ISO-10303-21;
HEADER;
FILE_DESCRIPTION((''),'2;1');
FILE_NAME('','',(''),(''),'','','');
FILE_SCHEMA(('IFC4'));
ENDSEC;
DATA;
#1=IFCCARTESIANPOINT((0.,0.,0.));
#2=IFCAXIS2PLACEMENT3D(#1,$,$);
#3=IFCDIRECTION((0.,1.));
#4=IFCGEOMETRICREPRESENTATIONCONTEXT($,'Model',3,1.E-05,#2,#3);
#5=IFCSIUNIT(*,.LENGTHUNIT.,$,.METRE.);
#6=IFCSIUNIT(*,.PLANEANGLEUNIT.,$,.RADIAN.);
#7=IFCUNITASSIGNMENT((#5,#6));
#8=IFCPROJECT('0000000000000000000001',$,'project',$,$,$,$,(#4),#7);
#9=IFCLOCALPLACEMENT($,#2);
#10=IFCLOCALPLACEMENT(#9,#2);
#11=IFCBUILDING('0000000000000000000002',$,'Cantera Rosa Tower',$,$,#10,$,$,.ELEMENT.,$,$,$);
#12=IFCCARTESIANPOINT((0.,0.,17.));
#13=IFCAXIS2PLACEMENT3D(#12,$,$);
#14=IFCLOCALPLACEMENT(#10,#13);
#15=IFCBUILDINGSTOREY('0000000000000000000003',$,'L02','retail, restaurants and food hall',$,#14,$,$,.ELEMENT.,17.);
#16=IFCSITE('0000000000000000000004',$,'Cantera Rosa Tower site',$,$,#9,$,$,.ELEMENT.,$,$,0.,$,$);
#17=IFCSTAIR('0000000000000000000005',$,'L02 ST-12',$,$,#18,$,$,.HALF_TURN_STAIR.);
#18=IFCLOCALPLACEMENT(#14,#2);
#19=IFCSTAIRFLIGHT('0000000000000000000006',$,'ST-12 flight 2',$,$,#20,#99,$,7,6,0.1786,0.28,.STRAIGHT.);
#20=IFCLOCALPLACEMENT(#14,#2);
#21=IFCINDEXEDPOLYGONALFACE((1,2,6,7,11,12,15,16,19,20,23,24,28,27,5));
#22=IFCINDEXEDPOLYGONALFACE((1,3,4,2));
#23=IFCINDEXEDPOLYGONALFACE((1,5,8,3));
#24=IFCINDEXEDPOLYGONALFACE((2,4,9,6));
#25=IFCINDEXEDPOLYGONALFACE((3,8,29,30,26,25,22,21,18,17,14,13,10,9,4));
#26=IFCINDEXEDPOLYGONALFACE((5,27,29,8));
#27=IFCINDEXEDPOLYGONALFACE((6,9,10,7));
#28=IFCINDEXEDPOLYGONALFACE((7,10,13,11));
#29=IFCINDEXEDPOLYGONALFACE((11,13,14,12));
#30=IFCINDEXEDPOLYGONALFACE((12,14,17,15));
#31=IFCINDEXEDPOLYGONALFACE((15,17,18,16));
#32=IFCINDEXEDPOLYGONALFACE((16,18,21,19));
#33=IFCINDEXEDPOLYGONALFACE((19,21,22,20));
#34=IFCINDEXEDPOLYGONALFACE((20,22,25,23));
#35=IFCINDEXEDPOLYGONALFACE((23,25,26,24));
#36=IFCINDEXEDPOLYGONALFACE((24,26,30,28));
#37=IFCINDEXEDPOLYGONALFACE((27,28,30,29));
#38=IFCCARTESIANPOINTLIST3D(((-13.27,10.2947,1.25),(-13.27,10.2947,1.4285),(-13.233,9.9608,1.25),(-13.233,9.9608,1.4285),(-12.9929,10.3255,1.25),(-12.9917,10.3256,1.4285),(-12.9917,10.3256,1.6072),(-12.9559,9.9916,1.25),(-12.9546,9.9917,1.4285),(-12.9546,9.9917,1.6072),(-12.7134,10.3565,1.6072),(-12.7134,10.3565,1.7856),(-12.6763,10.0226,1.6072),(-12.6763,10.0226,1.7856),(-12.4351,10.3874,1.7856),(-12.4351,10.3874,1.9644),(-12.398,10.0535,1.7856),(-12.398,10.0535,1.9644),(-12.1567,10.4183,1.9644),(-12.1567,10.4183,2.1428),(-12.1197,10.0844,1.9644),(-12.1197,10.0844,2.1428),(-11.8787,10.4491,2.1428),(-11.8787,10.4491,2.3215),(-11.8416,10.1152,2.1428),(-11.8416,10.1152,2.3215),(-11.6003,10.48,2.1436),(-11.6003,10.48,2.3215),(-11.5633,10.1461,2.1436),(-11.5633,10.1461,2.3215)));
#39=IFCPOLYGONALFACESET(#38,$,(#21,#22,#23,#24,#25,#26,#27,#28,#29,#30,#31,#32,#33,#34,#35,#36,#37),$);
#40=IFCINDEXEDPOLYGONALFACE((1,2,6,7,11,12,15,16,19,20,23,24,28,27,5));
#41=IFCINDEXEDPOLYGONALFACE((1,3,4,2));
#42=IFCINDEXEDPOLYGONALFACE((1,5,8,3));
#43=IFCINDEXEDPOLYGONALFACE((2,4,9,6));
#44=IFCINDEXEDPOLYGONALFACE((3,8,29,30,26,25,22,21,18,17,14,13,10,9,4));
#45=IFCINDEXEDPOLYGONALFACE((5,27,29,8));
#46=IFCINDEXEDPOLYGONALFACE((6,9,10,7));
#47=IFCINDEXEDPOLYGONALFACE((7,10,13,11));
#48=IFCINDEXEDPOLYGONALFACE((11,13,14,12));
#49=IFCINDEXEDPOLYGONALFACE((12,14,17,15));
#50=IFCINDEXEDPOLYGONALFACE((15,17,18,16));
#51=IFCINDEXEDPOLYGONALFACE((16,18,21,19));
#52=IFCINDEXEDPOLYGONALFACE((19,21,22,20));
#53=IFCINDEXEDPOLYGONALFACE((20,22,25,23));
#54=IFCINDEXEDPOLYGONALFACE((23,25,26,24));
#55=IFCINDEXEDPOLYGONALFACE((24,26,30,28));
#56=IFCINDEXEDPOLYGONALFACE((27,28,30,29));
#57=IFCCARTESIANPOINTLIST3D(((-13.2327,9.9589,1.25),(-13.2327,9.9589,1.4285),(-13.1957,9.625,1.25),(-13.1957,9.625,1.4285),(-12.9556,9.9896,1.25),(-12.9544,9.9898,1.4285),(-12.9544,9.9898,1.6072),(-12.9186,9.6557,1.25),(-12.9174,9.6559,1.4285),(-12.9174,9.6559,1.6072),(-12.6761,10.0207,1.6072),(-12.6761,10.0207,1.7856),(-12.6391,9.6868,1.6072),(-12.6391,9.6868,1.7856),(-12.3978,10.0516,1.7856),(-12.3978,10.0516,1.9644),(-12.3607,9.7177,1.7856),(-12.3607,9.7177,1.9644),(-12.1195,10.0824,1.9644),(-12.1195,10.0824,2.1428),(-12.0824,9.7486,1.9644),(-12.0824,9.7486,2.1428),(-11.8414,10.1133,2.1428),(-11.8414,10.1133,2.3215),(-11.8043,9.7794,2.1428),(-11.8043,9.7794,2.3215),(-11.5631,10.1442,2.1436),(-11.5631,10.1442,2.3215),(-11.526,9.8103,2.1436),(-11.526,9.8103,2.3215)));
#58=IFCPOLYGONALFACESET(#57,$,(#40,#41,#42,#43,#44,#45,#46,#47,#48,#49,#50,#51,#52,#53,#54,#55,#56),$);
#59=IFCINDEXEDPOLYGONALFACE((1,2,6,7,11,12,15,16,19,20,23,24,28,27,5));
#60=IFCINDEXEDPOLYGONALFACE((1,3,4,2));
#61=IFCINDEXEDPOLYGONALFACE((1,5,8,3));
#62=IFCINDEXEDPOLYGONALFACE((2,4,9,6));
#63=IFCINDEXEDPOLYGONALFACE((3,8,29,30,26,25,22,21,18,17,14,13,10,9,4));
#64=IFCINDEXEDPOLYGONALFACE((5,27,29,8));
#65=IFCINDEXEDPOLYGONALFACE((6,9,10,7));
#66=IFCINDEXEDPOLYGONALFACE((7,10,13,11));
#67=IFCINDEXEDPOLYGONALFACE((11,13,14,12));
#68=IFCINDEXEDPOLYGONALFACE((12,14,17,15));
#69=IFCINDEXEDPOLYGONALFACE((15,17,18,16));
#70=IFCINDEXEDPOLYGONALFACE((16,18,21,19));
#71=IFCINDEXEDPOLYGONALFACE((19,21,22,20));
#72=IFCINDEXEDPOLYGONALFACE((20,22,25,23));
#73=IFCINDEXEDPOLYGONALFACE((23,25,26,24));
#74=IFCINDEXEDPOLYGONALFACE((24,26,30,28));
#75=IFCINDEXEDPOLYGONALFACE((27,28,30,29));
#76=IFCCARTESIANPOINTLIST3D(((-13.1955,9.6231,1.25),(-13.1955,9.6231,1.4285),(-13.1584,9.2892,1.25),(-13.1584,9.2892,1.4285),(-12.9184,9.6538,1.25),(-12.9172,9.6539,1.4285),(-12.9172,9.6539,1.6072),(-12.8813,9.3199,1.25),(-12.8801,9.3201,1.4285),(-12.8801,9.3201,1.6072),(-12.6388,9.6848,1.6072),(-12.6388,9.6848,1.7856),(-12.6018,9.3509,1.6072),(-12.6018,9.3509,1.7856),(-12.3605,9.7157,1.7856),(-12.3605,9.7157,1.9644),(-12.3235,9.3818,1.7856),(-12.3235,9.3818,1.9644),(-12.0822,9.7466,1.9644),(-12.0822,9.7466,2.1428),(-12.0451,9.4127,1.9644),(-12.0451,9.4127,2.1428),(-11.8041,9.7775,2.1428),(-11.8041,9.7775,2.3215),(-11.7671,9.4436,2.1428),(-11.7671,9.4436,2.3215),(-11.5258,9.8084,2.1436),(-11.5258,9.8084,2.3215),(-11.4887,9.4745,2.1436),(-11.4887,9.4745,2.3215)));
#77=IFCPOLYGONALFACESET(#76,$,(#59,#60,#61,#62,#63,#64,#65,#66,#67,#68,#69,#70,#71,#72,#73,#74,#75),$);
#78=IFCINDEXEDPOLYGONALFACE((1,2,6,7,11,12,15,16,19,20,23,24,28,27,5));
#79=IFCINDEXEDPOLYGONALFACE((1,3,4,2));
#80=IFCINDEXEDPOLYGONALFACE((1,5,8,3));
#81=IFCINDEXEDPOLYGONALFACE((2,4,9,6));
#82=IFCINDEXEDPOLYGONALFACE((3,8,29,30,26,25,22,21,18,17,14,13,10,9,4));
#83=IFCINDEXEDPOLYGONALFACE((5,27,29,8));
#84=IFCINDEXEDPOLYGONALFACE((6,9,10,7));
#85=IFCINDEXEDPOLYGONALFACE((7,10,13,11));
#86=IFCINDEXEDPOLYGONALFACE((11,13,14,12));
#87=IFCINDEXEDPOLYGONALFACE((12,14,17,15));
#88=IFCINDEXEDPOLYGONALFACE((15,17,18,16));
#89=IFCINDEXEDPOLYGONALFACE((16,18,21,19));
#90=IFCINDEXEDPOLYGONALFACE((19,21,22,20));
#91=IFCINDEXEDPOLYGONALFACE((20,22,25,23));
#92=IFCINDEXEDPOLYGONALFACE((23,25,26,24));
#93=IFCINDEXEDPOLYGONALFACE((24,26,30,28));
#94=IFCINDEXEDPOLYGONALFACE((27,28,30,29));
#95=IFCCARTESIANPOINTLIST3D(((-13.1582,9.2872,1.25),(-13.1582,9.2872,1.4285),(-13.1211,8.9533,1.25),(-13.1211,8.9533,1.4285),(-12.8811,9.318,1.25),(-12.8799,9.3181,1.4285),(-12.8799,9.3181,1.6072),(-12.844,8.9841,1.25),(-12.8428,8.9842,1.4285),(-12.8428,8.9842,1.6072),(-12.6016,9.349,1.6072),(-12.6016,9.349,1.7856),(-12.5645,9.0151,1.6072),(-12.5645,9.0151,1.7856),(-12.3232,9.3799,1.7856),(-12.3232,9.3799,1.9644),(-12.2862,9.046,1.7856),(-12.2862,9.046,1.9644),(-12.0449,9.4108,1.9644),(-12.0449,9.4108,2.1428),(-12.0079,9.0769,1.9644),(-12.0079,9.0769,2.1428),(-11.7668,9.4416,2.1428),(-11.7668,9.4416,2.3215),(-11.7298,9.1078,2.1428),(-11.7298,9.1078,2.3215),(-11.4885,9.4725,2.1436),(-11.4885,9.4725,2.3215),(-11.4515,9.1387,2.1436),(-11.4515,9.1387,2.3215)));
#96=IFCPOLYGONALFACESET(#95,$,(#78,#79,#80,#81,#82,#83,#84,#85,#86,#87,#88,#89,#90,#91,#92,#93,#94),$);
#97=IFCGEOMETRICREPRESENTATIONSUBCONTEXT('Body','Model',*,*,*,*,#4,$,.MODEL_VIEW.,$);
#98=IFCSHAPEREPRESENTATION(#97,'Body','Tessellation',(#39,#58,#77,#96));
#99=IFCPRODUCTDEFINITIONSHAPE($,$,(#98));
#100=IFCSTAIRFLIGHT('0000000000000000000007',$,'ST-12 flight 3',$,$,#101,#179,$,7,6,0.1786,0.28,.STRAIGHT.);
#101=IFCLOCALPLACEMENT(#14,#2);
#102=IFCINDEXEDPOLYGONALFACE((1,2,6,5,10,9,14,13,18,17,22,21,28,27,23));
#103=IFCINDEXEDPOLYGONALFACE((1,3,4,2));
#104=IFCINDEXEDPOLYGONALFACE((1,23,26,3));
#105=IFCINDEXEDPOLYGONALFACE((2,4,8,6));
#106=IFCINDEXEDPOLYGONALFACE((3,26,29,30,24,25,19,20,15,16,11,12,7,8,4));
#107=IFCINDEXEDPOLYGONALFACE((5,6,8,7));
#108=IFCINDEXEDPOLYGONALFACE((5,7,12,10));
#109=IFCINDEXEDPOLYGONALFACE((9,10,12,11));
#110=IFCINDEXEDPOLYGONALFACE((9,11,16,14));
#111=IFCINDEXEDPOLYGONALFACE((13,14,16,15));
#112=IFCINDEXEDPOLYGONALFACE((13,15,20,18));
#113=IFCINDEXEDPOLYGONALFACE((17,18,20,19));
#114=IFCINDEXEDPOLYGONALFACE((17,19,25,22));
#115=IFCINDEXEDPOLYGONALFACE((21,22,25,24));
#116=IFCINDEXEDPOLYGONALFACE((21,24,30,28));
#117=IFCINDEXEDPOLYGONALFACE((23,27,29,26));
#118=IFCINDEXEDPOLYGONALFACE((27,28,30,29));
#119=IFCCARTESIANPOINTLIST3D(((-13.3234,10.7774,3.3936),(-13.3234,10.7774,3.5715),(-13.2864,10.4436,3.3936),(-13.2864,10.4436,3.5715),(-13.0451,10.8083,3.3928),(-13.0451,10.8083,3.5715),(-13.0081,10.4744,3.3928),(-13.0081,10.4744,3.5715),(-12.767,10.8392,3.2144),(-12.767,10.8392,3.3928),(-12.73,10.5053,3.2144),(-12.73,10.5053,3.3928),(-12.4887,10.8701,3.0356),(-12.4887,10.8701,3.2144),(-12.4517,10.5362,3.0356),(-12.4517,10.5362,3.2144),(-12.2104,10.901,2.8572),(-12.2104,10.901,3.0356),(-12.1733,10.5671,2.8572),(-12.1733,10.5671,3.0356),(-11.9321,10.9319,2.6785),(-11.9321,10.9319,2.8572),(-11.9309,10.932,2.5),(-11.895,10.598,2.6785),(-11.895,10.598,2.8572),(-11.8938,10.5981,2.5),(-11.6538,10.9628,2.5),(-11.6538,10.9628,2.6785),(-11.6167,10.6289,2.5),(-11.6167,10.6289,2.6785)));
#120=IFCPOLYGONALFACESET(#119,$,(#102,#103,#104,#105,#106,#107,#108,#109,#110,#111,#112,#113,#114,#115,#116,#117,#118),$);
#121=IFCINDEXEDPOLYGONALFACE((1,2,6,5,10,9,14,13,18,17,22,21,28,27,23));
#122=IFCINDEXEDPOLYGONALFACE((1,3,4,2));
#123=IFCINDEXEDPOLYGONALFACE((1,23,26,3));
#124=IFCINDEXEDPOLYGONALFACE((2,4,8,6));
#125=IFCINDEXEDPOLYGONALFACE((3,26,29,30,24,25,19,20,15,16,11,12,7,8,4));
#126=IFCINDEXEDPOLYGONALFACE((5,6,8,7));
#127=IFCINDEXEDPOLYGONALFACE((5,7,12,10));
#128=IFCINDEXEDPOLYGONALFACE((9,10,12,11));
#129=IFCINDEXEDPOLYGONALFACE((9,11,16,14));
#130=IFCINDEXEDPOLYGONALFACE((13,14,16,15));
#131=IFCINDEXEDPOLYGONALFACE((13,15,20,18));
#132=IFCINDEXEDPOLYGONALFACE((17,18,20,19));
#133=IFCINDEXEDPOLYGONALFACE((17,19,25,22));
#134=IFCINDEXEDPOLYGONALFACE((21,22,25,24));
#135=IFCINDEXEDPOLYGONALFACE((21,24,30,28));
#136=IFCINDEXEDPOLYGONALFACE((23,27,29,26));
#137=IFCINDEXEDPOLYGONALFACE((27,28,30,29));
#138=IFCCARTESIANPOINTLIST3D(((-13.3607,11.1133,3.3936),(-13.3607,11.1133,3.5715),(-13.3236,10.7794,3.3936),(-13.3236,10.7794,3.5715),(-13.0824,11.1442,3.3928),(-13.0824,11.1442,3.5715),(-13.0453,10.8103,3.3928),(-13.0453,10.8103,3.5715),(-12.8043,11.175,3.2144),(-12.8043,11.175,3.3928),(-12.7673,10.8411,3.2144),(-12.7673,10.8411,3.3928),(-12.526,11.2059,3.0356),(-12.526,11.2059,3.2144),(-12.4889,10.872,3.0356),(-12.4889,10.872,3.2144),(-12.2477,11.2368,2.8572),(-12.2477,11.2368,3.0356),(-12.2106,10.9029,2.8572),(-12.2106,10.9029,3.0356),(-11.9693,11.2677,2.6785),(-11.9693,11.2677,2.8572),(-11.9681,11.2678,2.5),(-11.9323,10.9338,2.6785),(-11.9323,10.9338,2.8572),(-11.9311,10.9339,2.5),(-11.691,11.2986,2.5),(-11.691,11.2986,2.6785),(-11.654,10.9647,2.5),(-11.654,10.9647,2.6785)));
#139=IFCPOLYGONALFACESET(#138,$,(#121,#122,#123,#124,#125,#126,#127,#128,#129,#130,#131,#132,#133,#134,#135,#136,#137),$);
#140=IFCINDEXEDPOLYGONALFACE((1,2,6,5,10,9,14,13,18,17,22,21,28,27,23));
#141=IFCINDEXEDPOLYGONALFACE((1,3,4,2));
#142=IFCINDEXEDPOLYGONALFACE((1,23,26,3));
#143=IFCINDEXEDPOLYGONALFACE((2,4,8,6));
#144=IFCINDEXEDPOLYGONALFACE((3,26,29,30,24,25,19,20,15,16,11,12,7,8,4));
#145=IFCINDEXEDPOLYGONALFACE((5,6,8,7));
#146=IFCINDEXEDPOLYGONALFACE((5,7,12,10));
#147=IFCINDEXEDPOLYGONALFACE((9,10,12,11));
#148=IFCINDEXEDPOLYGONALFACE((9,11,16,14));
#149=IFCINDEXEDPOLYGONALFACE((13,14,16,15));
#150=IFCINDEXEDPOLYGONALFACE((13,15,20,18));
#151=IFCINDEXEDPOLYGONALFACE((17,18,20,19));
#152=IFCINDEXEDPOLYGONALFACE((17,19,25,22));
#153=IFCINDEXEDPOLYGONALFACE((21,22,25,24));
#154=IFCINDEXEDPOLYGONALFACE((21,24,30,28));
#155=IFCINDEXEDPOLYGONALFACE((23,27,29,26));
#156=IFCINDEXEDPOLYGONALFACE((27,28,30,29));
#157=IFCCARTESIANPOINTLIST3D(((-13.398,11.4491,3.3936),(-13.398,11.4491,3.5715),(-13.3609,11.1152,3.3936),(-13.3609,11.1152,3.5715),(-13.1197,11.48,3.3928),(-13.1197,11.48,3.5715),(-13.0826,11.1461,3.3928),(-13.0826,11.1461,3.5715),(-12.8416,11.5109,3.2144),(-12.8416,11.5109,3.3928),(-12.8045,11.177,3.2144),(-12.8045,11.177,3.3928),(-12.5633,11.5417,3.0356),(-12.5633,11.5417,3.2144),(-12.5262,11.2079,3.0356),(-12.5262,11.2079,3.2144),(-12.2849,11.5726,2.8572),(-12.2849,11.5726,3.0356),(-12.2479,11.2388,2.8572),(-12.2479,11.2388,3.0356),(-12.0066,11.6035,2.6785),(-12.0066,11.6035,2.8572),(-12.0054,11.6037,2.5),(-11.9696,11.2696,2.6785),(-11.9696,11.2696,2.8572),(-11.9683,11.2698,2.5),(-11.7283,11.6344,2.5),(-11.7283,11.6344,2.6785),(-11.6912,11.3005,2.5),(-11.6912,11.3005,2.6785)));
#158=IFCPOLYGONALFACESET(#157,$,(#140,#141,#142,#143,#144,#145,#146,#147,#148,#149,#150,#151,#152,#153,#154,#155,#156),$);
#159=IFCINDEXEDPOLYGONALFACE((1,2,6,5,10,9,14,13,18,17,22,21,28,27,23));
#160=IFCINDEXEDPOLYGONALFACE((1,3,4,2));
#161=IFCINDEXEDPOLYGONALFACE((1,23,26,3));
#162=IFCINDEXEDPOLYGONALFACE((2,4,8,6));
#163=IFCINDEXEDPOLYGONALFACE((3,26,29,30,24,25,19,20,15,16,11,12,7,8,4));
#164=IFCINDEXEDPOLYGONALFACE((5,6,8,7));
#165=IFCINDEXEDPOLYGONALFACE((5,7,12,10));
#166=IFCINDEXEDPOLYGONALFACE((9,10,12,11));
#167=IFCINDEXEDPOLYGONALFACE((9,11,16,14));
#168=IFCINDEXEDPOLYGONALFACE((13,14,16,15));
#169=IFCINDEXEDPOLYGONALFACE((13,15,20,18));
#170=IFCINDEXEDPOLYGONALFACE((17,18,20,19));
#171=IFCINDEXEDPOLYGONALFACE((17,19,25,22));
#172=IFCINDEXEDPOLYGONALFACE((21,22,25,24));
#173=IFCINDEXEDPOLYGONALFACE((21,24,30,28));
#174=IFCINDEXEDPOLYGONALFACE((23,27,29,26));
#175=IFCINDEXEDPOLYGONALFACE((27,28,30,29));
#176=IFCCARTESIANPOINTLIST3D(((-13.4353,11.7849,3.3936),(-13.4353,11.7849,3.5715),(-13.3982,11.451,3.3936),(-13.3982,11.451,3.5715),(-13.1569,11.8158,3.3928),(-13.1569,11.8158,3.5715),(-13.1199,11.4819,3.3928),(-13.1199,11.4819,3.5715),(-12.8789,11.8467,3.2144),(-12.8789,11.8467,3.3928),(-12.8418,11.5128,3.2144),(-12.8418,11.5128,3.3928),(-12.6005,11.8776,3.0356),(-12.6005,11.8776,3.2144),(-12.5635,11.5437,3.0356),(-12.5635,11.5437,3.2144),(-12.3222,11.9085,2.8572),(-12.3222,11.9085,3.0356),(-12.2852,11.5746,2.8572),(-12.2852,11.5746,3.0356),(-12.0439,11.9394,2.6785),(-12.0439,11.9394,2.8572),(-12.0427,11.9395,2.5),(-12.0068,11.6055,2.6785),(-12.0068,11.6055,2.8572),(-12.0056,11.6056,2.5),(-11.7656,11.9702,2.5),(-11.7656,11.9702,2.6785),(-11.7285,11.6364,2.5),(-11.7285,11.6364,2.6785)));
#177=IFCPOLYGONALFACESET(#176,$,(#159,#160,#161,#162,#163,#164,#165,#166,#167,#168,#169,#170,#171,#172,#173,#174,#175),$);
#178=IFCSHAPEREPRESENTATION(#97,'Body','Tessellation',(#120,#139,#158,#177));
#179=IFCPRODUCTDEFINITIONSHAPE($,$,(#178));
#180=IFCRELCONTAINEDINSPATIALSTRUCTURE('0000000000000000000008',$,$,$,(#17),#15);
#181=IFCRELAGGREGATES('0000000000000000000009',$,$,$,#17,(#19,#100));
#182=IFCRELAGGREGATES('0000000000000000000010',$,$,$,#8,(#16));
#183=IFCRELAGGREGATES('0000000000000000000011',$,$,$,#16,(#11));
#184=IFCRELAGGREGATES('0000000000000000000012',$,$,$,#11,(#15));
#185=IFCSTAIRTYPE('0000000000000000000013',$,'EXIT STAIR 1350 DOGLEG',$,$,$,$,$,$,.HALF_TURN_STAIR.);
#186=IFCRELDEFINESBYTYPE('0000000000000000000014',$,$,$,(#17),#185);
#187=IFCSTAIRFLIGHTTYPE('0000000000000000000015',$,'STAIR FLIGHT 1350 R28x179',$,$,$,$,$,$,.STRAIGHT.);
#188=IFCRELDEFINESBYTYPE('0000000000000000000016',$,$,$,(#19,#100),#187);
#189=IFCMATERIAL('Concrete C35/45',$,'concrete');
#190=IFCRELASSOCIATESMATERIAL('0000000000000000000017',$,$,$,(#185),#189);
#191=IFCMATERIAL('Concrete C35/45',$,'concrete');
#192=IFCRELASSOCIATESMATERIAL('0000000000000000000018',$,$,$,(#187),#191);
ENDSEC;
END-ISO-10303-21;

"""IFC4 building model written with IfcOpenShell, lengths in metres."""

from ifc_helpers import new_model, si_unit, direction, frame, origin, place, context, subcontext, project, spatial, polyline, outline, extrude, material, type_object, element, aggregate, save


model = new_model("IFC4")

# Units and contexts
model_context = context("Model", 3, precision=1e-05, world=origin(), true_north=direction((0.0, 1.0)))
body_context = subcontext(model_context, "Body", "Model", "MODEL_VIEW")
ifc_project = project(units=[si_unit("LENGTHUNIT", "METRE"), si_unit("PLANEANGLEUNIT", "RADIAN")], contexts=[model_context])

# Site, building, storey
site_placement = place(None, origin())
site = spatial("IfcSite", under=ifc_project, at=site_placement, Name="Cantera Rosa Tower site", CompositionType="ELEMENT", RefElevation=0.0)
building_placement = place(site_placement, origin())
building = spatial("IfcBuilding", under=site, at=building_placement, Name="Cantera Rosa Tower", CompositionType="ELEMENT")
storey_placement = place(building_placement, frame((0.0, 0.0, 17.0)))
storey = spatial("IfcBuildingStorey", under=building, at=storey_placement, Name="L02", Description="retail, restaurants and food hall", CompositionType="ELEMENT", Elevation=17.0)

# Stair, stair flights
ifc_material_1 = material(Name="Concrete C35/45", Category="concrete")
stair_type = type_object("IfcStairType", Name="EXIT STAIR 1350 DOGLEG", PredefinedType="HALF_TURN_STAIR", material=ifc_material_1)
stair_placement = place(storey_placement, origin())
stair = element("IfcStair", 1, at=stair_placement, inside=storey, type_object=stair_type, Name="L02 ST-12", PredefinedType="HALF_TURN_STAIR")
ifc_material_2 = material(Name="Concrete C35/45", Category="concrete")
stair_flight_type = type_object("IfcStairFlightType", Name="STAIR FLIGHT 1350 R28x179", PredefinedType="STRAIGHT", material=ifc_material_2)
stair_flight_1_placement = place(storey_placement, frame((-13.1956, 9.6238, 1.25), z_axis=(0.0, 0.0, 1.0), x_axis=(0.993897, 0.110313, 0.0)))
stair_flight_1 = element("IfcStairFlight", 2, at=stair_flight_1_placement, type_object=stair_flight_type, Name="ST-12 flight 2", NumberOfRisers=7, NumberOfTreads=6, PredefinedType="STRAIGHT", RiserHeight=0.1786, TreadLength=0.28, context=body_context, shape_type="SweptSolid", body=[
    extrude(outline(polyline([(0.0, 0.0), (0.0, 0.1785), (0.28, 0.1785), (0.28, 0.3572), (0.5601, 0.3572), (0.5601, 0.5356), (0.8401, 0.5356), (0.8401, 0.7144), (1.1201, 0.7144), (1.1201, 0.8928), (1.3999, 0.8928), (1.3999, 1.0715), (1.6799, 1.0715), (1.6799, 1.25), (1.6799, 0.8936), (0.2788, 0.0), (0.0, 0.0)])), frame((0.0, 0.675, 0.0), z_axis=(0.0, -1.0, 0.0), x_axis=(1.0, 0.0, 0.0)), (0.0, 0.0, 1.0), 0.3359),
    extrude(outline(polyline([(0.0, 0.0), (0.0, 0.1785), (0.28, 0.1785), (0.28, 0.3572), (0.5601, 0.3572), (0.5601, 0.5356), (0.8401, 0.5356), (0.8401, 0.7144), (1.1201, 0.7144), (1.1201, 0.8928), (1.3999, 0.8928), (1.3999, 1.0715), (1.6799, 1.0715), (1.6799, 1.25), (1.6799, 0.8936), (0.2788, 0.0), (0.0, 0.0)])), frame((0.0, 0.3372, 0.0), z_axis=(0.0, -1.0, 0.0), x_axis=(1.0, 0.0, 0.0)), (0.0, 0.0, 1.0), 0.3359),
    extrude(outline(polyline([(0.0, 0.0), (0.0, 0.1785), (0.28, 0.1785), (0.28, 0.3572), (0.5601, 0.3572), (0.5601, 0.5356), (0.8401, 0.5356), (0.8401, 0.7144), (1.1201, 0.7144), (1.1201, 0.8928), (1.3999, 0.8928), (1.3999, 1.0715), (1.6799, 1.0715), (1.6799, 1.25), (1.6799, 0.8936), (0.2788, 0.0), (0.0, 0.0)])), frame((0.0, -0.0007, 0.0), z_axis=(0.0, -1.0, 0.0), x_axis=(1.0, 0.0, 0.0)), (0.0, 0.0, 1.0), 0.3359),
    extrude(outline(polyline([(0.0, 0.0), (0.0, 0.1785), (0.28, 0.1785), (0.28, 0.3572), (0.5601, 0.3572), (0.5601, 0.5356), (0.8401, 0.5356), (0.8401, 0.7144), (1.1201, 0.7144), (1.1201, 0.8928), (1.3999, 0.8928), (1.3999, 1.0715), (1.6799, 1.0715), (1.6799, 1.25), (1.6799, 0.8936), (0.2788, 0.0), (0.0, 0.0)])), frame((0.0, -0.3386, 0.0), z_axis=(0.0, -1.0, 0.0), x_axis=(1.0, 0.0, 0.0)), (0.0, 0.0, 1.0), 0.3359),
])
stair_flight_2_placement = place(storey_placement, frame((-11.6912, 11.2998, 2.5), z_axis=(0.0, 0.0, 1.0), x_axis=(-0.993897, -0.110313, 0.0)))
stair_flight_2 = element("IfcStairFlight", 3, at=stair_flight_2_placement, type_object=stair_flight_type, Name="ST-12 flight 3", NumberOfRisers=7, NumberOfTreads=6, PredefinedType="STRAIGHT", RiserHeight=0.1786, TreadLength=0.28, context=body_context, shape_type="SweptSolid", body=[
    extrude(outline(polyline([(0.0, 0.0), (0.0, 0.1785), (0.28, 0.1785), (0.28, 0.3572), (0.5601, 0.3572), (0.5601, 0.5356), (0.8401, 0.5356), (0.8401, 0.7144), (1.1201, 0.7144), (1.1201, 0.8928), (1.3999, 0.8928), (1.3999, 1.0715), (1.6799, 1.0715), (1.6799, 1.25), (1.6799, 0.8936), (0.2788, 0.0), (0.0, 0.0)])), frame((0.0, 0.675, 0.0), z_axis=(0.0, -1.0, 0.0), x_axis=(1.0, 0.0, 0.0)), (0.0, 0.0, 1.0), 0.3359),
    extrude(outline(polyline([(0.0, 0.0), (0.0, 0.1785), (0.28, 0.1785), (0.28, 0.3572), (0.5601, 0.3572), (0.5601, 0.5356), (0.8401, 0.5356), (0.8401, 0.7144), (1.1201, 0.7144), (1.1201, 0.8928), (1.3999, 0.8928), (1.3999, 1.0715), (1.6799, 1.0715), (1.6799, 1.25), (1.6799, 0.8936), (0.2788, 0.0), (0.0, 0.0)])), frame((0.0, 0.3372, 0.0), z_axis=(0.0, -1.0, 0.0), x_axis=(1.0, 0.0, 0.0)), (0.0, 0.0, 1.0), 0.3359),
    extrude(outline(polyline([(0.0, 0.0), (0.0, 0.1785), (0.28, 0.1785), (0.28, 0.3572), (0.5601, 0.3572), (0.5601, 0.5356), (0.8401, 0.5356), (0.8401, 0.7144), (1.1201, 0.7144), (1.1201, 0.8928), (1.3999, 0.8928), (1.3999, 1.0715), (1.6799, 1.0715), (1.6799, 1.25), (1.6799, 0.8936), (0.2788, 0.0), (0.0, 0.0)])), frame((0.0, -0.0007, 0.0), z_axis=(0.0, -1.0, 0.0), x_axis=(1.0, 0.0, 0.0)), (0.0, 0.0, 1.0), 0.3359),
    extrude(outline(polyline([(0.0, 0.0), (0.0, 0.1785), (0.28, 0.1785), (0.28, 0.3572), (0.5601, 0.3572), (0.5601, 0.5356), (0.8401, 0.5356), (0.8401, 0.7144), (1.1201, 0.7144), (1.1201, 0.8928), (1.3999, 0.8928), (1.3999, 1.0715), (1.6799, 1.0715), (1.6799, 1.25), (1.6799, 0.8936), (0.2788, 0.0), (0.0, 0.0)])), frame((0.0, -0.3386, 0.0), z_axis=(0.0, -1.0, 0.0), x_axis=(1.0, 0.0, 0.0)), (0.0, 0.0, 1.0), 0.3359),
])
aggregate(stair, [stair_flight_1, stair_flight_2])

save(model, "model.ifc")
